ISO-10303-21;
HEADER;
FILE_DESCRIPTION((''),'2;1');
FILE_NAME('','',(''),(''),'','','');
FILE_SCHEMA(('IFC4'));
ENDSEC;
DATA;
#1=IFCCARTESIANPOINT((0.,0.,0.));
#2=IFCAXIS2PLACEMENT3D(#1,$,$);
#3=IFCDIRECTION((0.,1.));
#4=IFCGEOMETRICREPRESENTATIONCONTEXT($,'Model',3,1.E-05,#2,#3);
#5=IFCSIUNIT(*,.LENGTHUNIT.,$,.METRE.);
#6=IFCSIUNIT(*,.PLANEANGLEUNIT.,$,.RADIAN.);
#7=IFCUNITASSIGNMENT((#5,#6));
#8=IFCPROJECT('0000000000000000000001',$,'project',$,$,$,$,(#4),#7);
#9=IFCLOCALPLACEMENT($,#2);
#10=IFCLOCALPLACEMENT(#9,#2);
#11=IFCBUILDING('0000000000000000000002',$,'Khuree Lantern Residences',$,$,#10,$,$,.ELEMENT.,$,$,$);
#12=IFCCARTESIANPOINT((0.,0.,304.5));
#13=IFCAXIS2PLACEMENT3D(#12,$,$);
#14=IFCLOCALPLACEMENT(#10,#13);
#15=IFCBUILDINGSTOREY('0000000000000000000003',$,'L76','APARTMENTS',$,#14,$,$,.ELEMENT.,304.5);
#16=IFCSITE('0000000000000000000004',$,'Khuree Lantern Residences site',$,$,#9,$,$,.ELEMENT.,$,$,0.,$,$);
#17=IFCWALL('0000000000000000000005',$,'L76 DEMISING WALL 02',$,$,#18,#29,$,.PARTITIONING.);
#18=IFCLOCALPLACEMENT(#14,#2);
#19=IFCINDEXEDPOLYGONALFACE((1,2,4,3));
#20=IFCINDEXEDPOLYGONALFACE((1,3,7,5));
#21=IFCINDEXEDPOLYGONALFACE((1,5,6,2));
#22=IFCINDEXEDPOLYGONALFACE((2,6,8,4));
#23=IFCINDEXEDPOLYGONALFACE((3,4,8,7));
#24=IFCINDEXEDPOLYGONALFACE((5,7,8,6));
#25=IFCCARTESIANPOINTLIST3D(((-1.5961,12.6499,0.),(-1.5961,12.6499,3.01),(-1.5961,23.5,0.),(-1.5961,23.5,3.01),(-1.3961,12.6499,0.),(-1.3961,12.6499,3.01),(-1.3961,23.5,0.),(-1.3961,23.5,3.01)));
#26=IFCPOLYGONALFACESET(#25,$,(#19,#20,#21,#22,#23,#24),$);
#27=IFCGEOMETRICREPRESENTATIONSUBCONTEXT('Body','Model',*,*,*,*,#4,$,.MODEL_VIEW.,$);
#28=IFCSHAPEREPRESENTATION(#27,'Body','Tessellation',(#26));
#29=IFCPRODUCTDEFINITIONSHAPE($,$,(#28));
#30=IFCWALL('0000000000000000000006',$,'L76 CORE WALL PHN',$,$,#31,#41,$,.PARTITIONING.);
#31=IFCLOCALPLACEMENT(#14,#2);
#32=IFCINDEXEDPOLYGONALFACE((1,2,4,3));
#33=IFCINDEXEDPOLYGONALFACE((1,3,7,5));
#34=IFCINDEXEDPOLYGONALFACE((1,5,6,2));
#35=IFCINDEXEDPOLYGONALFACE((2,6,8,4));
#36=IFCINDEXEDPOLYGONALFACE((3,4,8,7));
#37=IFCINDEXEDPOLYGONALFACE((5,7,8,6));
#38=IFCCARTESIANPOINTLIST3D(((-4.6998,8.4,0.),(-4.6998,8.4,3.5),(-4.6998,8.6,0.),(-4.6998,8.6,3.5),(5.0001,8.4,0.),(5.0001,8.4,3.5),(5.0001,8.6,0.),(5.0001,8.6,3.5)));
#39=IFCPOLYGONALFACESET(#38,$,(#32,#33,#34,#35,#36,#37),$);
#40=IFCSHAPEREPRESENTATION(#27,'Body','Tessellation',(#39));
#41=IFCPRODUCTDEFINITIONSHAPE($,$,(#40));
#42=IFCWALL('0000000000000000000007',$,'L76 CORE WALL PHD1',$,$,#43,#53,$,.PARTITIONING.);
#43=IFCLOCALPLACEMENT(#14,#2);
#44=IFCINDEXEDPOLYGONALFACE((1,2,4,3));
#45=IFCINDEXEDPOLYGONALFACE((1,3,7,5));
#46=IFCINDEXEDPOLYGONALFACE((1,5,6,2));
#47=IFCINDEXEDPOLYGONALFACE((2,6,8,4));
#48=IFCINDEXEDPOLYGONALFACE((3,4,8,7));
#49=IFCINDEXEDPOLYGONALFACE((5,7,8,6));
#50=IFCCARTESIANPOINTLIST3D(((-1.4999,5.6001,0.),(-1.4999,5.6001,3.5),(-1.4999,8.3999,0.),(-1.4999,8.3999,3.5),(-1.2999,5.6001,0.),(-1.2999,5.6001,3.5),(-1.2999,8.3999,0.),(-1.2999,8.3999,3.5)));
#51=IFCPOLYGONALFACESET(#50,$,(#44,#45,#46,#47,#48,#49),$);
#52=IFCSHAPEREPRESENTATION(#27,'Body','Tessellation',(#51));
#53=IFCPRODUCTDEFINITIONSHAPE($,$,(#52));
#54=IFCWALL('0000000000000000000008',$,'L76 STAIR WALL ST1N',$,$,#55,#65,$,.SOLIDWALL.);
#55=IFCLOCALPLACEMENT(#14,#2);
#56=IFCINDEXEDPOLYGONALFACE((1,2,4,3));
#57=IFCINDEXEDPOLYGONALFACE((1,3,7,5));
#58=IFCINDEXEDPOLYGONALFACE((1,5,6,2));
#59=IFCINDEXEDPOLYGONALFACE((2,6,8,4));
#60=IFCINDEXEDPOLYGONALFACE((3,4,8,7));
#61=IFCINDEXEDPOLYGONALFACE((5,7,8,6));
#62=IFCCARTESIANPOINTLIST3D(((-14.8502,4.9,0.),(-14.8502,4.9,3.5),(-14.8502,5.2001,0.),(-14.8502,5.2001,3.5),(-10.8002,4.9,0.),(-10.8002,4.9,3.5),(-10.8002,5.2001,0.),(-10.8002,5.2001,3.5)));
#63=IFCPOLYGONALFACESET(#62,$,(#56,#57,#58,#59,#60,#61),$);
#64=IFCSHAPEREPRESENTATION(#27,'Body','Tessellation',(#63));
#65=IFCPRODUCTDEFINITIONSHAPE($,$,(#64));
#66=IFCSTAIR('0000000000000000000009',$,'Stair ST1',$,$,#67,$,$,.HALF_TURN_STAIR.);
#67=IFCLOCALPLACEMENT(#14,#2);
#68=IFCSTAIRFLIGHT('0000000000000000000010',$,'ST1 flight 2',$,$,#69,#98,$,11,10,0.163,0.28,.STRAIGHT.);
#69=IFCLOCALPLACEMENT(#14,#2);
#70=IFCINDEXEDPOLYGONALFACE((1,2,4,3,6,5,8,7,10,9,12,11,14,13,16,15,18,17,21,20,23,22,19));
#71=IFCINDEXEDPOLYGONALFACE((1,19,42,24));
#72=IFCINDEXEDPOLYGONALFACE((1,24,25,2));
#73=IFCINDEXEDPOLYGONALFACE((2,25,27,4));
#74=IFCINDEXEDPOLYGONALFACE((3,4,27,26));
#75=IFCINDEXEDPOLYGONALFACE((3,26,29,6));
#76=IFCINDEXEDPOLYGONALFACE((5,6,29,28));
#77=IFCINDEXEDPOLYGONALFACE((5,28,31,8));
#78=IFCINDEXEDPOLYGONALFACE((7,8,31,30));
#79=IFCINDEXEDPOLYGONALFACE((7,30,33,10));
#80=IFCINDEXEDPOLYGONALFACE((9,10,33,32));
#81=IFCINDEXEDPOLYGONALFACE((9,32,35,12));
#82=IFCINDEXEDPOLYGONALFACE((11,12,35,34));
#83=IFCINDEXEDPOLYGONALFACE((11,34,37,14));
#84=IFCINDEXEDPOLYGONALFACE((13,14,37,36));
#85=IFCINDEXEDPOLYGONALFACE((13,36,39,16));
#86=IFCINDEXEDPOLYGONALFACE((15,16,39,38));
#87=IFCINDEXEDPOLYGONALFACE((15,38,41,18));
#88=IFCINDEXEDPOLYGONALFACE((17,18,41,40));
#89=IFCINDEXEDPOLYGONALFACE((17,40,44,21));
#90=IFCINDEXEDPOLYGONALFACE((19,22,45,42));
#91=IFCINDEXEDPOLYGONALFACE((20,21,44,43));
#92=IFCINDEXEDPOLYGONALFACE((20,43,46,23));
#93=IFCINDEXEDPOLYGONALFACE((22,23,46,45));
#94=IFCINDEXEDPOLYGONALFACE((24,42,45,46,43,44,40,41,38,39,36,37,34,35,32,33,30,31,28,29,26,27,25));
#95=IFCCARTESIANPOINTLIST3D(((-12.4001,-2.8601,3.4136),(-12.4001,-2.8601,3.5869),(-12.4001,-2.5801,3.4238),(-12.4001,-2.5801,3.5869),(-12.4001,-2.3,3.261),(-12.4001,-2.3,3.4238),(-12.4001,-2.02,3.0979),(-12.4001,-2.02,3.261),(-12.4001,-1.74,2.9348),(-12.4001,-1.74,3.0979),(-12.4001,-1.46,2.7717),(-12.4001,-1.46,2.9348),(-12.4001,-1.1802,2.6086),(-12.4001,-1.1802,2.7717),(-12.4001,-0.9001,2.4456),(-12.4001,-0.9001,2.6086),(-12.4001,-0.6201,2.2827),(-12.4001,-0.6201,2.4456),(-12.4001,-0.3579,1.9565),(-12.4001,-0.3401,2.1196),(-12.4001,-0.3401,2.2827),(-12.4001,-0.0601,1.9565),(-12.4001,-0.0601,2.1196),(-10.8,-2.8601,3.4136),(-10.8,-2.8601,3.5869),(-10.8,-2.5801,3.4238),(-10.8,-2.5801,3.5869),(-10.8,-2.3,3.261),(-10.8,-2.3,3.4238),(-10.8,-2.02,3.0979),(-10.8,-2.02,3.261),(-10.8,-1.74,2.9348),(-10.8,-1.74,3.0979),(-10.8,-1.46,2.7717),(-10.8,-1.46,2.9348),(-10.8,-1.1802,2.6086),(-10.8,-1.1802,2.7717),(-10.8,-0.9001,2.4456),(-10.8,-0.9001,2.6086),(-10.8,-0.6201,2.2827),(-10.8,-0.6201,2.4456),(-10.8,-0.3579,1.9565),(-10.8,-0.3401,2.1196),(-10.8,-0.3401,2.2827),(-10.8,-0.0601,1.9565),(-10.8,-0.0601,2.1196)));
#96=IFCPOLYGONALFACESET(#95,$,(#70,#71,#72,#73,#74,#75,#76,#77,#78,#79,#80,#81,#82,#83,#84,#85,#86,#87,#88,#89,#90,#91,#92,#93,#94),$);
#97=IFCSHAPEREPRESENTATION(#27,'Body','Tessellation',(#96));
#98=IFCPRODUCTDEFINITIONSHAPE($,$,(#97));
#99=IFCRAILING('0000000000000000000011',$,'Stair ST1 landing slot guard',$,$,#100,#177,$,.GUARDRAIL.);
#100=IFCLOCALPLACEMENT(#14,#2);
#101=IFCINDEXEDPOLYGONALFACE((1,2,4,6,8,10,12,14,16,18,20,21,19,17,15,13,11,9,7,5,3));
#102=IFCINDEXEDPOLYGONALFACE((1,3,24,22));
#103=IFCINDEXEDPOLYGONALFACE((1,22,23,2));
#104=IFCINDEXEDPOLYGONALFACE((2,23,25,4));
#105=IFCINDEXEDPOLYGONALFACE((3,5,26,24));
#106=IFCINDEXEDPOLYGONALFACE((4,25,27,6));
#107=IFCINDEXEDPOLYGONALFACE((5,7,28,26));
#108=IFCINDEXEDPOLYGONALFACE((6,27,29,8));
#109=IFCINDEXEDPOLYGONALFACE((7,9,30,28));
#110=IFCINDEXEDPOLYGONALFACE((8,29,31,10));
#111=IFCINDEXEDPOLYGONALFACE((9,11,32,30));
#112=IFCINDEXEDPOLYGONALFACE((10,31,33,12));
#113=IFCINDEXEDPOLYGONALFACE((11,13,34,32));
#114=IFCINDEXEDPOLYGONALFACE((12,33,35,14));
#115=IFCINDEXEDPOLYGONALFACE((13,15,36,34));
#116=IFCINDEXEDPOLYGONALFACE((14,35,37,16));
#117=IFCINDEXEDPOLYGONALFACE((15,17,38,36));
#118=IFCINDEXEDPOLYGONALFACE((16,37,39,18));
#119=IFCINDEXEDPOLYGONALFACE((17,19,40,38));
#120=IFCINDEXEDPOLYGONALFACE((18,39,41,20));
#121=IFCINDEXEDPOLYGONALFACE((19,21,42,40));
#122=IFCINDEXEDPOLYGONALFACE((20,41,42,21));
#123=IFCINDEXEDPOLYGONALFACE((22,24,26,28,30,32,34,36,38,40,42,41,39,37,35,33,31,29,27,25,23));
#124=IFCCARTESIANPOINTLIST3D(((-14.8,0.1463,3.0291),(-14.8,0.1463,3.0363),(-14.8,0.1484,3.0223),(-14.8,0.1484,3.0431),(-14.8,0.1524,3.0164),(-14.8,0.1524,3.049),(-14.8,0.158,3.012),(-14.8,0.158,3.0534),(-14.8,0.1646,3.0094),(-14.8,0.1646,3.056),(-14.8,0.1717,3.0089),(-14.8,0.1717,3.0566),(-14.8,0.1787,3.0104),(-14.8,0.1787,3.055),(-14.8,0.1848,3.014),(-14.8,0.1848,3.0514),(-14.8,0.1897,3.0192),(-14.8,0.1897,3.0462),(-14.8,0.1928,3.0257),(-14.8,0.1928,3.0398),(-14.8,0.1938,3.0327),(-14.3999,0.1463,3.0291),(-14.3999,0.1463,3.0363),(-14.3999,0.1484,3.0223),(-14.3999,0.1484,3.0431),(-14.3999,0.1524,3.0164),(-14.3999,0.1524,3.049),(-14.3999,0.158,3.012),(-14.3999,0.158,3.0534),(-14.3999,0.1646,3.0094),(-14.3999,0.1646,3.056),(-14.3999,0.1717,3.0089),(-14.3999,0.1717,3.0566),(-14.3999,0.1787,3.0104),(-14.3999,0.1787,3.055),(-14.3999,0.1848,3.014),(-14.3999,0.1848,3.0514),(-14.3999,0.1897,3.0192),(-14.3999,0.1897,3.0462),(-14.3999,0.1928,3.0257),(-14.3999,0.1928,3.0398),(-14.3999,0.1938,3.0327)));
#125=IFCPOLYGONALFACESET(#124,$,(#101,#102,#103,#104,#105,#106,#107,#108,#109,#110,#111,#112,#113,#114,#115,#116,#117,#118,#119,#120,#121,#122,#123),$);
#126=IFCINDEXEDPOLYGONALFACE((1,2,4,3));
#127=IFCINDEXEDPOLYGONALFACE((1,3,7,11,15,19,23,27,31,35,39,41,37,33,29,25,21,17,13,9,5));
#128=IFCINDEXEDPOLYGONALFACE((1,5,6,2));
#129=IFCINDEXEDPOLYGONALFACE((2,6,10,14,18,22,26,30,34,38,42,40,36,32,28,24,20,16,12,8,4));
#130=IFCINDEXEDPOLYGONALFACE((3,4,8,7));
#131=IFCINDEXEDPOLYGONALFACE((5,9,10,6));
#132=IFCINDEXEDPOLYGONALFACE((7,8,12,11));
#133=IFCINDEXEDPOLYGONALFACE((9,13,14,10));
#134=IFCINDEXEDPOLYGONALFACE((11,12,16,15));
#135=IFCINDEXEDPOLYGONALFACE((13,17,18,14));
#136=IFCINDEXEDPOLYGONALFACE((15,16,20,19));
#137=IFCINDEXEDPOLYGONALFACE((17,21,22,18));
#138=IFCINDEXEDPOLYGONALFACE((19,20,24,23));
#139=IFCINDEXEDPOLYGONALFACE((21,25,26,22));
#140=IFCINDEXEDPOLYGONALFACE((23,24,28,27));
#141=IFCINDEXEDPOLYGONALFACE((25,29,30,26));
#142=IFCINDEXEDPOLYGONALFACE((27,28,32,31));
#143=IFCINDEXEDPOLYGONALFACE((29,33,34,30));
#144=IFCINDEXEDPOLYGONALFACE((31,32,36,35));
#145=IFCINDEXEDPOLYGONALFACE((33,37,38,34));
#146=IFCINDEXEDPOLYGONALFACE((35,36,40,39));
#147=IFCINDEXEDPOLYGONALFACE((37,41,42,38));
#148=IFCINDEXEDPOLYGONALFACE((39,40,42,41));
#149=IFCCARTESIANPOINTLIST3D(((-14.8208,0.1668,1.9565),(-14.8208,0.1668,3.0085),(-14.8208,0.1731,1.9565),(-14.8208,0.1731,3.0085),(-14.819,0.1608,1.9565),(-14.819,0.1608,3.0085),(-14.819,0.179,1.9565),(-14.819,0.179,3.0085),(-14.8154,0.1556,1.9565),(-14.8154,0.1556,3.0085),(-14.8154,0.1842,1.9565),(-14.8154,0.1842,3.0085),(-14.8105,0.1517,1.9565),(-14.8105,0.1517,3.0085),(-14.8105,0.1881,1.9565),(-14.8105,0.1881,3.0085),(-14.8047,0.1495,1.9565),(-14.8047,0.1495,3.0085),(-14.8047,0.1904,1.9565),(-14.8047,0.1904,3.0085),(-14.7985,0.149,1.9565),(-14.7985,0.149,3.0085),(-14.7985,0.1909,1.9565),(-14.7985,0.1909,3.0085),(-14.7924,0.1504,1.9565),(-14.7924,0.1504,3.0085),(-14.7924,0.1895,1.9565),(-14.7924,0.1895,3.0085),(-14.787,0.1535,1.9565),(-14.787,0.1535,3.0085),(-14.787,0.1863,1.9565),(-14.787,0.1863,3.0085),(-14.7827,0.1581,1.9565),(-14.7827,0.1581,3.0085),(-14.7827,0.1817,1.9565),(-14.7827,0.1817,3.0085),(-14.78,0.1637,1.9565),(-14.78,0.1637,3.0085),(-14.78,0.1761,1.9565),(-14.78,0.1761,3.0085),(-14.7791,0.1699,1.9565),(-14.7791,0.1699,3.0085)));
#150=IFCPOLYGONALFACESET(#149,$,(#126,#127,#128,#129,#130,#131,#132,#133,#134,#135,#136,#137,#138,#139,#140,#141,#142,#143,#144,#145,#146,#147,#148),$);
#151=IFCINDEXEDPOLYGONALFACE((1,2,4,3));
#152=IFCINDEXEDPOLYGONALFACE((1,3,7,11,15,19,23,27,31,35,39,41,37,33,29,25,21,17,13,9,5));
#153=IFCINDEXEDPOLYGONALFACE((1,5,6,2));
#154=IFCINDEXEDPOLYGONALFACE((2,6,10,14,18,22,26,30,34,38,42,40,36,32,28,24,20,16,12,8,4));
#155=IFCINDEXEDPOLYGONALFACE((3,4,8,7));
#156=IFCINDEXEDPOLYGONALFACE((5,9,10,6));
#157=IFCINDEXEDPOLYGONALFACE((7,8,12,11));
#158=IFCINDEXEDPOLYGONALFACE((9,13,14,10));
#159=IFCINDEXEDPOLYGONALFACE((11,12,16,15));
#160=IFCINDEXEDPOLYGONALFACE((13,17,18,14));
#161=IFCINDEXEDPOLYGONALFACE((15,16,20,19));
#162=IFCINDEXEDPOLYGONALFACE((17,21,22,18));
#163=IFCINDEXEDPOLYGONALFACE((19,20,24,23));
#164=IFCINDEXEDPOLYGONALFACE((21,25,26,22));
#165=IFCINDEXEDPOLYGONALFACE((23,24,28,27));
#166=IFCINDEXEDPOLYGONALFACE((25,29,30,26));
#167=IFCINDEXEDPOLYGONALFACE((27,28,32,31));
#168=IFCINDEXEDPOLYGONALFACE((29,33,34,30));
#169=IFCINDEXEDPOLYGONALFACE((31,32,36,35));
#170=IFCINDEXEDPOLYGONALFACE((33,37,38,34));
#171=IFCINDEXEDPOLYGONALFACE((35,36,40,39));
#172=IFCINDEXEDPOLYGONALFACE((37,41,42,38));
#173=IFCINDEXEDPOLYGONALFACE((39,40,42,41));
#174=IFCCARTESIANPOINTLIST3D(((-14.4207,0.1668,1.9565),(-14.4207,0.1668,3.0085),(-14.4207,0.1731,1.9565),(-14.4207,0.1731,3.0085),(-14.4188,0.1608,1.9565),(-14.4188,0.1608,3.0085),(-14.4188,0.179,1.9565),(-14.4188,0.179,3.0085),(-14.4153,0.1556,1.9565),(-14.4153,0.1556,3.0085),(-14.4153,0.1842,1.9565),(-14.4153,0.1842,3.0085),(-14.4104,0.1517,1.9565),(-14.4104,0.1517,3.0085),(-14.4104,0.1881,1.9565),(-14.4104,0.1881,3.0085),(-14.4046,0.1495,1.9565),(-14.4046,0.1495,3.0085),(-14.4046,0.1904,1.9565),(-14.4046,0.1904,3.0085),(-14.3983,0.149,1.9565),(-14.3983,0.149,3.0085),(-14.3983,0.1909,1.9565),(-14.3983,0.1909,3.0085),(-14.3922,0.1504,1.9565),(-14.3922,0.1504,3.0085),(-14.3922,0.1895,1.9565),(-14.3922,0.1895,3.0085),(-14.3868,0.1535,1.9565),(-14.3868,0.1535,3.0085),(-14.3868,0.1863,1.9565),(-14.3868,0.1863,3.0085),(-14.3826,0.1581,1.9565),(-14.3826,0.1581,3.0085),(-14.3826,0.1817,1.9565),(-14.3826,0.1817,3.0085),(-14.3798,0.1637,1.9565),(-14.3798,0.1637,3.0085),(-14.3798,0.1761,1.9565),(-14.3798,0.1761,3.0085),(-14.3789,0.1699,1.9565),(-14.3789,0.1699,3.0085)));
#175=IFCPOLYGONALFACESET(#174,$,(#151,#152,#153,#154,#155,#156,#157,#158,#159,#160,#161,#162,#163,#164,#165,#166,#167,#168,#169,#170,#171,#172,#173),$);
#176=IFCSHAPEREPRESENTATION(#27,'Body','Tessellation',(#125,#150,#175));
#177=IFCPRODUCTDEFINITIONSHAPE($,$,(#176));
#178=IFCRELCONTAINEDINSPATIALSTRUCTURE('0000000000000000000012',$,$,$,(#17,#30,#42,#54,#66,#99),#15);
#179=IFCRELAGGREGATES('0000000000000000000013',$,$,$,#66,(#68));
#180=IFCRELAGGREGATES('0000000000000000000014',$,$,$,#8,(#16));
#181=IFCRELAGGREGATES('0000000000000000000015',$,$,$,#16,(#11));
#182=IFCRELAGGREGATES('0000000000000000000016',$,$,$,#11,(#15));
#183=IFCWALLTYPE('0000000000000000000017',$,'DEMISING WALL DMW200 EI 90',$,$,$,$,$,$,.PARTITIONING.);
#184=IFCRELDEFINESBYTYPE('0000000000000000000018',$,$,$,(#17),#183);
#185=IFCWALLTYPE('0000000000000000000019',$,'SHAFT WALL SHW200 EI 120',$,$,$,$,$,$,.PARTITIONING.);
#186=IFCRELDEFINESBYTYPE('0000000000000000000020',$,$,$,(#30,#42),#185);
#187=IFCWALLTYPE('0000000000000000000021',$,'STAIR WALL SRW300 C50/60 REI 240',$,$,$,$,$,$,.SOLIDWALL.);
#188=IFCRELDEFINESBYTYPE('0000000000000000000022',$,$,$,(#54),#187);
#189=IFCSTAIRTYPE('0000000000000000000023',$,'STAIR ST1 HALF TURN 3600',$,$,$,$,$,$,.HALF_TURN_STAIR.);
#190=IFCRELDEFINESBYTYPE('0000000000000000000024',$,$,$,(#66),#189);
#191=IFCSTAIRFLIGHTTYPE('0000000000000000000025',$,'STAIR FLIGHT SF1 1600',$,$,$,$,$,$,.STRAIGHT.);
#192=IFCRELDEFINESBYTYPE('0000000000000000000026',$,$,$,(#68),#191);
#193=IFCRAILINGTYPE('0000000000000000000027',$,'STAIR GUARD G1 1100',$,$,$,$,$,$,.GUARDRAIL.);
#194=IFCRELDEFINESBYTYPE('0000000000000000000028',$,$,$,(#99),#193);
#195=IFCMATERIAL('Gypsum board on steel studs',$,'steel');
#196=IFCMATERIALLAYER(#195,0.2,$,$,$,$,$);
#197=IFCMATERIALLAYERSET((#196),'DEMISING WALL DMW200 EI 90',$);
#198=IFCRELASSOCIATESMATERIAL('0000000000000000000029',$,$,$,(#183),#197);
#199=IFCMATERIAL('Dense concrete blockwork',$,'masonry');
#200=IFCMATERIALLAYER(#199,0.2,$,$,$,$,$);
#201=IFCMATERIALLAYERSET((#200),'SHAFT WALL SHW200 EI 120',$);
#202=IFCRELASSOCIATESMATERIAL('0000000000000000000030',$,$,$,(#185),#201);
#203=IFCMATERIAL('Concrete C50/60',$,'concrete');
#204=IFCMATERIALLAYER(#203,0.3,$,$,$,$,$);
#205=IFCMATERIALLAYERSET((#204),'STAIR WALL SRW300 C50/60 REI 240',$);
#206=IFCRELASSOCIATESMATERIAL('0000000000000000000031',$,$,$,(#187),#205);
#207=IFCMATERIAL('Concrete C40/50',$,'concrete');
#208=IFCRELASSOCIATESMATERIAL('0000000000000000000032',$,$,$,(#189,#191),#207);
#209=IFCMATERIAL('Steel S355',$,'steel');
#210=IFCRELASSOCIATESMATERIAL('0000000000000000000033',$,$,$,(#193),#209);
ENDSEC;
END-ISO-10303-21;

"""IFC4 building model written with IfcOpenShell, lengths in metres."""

from ifc_helpers import new_model, si_unit, direction, frame, frame_2d, origin, origin_2d, place, context, subcontext, project, spatial, polyline, rectangle, circle, outline, extrude, material, layer, layer_set, type_object, element, aggregate, save


model = new_model("IFC4")

# Units and contexts
model_context = context("Model", 3, precision=1e-05, world=origin(), true_north=direction((0.0, 1.0)))
body_context = subcontext(model_context, "Body", "Model", "MODEL_VIEW")
ifc_project = project(units=[si_unit("LENGTHUNIT", "METRE"), si_unit("PLANEANGLEUNIT", "RADIAN")], contexts=[model_context])

# Site, building, storey
site_placement = place(None, origin())
site = spatial("IfcSite", under=ifc_project, at=site_placement, Name="Khuree Lantern Residences site", CompositionType="ELEMENT", RefElevation=0.0)
building_placement = place(site_placement, origin())
building = spatial("IfcBuilding", under=site, at=building_placement, Name="Khuree Lantern Residences", CompositionType="ELEMENT")
storey_placement = place(building_placement, frame((0.0, 0.0, 304.5)))
storey = spatial("IfcBuildingStorey", under=building, at=storey_placement, Name="L76", Description="APARTMENTS", CompositionType="ELEMENT", Elevation=304.5)

# Shared definitions
ifc_material_1 = material(Name="Dense concrete blockwork", Category="masonry")

# Walls
ifc_material_2 = material(Name="Gypsum board on steel studs", Category="steel")
ifc_layer_1 = layer(ifc_material_2, 0.2)
ifc_layer_set_1 = layer_set([ifc_layer_1], Name="DEMISING WALL DMW200 EI 90")
wall_type_1 = type_object("IfcWallType", Name="DEMISING WALL DMW200 EI 90", PredefinedType="PARTITIONING", material=ifc_layer_set_1)
wall_1_placement = place(storey_placement, frame((-1.4961, 12.6499, 0.0), z_axis=(0.0, 0.0, 1.0), x_axis=(0.0, 1.0, 0.0)))
element("IfcWall", 1, at=wall_1_placement, inside=storey, type_object=wall_type_1, Name="L76 DEMISING WALL 02", PredefinedType="PARTITIONING", context=body_context, shape_type="SweptSolid", body=[
    extrude(rectangle(XDim=10.8501, YDim=0.2, at=frame_2d((5.425, 0.0))), origin(), (0.0, 0.0, 1.0), 3.01),
])
ifc_layer_2 = layer(ifc_material_1, 0.2)
ifc_layer_set_2 = layer_set([ifc_layer_2], Name="SHAFT WALL SHW200 EI 120")
wall_type_2 = type_object("IfcWallType", Name="SHAFT WALL SHW200 EI 120", PredefinedType="PARTITIONING", material=ifc_layer_set_2)
wall_2_placement = place(storey_placement, frame((-4.7, 8.5, 0.0), z_axis=(0.0, 0.0, 1.0), x_axis=(1.0, 0.0, 0.0)))
element("IfcWall", 2, at=wall_2_placement, inside=storey, type_object=wall_type_2, Name="L76 CORE WALL PHN", PredefinedType="PARTITIONING", context=body_context, shape_type="SweptSolid", body=[
    extrude(rectangle(XDim=9.7, YDim=0.2, at=frame_2d((4.8501, 0.0))), origin(), (0.0, 0.0, 1.0), 3.5),
])
wall_3_placement = place(storey_placement, frame((-1.3999, 5.6001, 0.0), z_axis=(0.0, 0.0, 1.0), x_axis=(0.0, 1.0, 0.0)))
element("IfcWall", 3, at=wall_3_placement, inside=storey, type_object=wall_type_2, Name="L76 CORE WALL PHD1", PredefinedType="PARTITIONING", context=body_context, shape_type="SweptSolid", body=[
    extrude(rectangle(XDim=2.7998, YDim=0.2, at=frame_2d((1.3999, 0.0))), origin(), (0.0, 0.0, 1.0), 3.5),
])
ifc_material_3 = material(Name="Concrete C50/60", Category="concrete")
ifc_layer_3 = layer(ifc_material_3, 0.3)
ifc_layer_set_3 = layer_set([ifc_layer_3], Name="STAIR WALL SRW300 C50/60 REI 240")
wall_type_3 = type_object("IfcWallType", Name="STAIR WALL SRW300 C50/60 REI 240", PredefinedType="SOLIDWALL", material=ifc_layer_set_3)
wall_4_placement = place(storey_placement, frame((-14.8501, 5.05, 0.0), z_axis=(0.0, 0.0, 1.0), x_axis=(1.0, 0.0, 0.0)))
element("IfcWall", 4, at=wall_4_placement, inside=storey, type_object=wall_type_3, Name="L76 STAIR WALL ST1N", PredefinedType="SOLIDWALL", context=body_context, shape_type="SweptSolid", body=[
    extrude(rectangle(XDim=4.05, YDim=0.3, at=frame_2d((2.0249, 0.0))), origin(), (0.0, 0.0, 1.0), 3.5),
])

# Stair, stair flight
ifc_material_4 = material(Name="Concrete C40/50", Category="concrete")
stair_type = type_object("IfcStairType", Name="STAIR ST1 HALF TURN 3600", PredefinedType="HALF_TURN_STAIR", material=ifc_material_4)
stair_placement = place(storey_placement, origin())
stair = element("IfcStair", 5, at=stair_placement, inside=storey, type_object=stair_type, Name="Stair ST1", PredefinedType="HALF_TURN_STAIR")
stair_flight_type = type_object("IfcStairFlightType", Name="STAIR FLIGHT SF1 1600", PredefinedType="STRAIGHT", material=ifc_material_4)
stair_flight_placement = place(storey_placement, frame((-11.6001, -0.0601, 1.9565), z_axis=(0.0, 0.0, 1.0), x_axis=(0.0, -1.0, 0.0)))
stair_flight = element("IfcStairFlight", 6, at=stair_flight_placement, type_object=stair_flight_type, Name="ST1 flight 2", NumberOfRisers=11, NumberOfTreads=10, PredefinedType="STRAIGHT", RiserHeight=0.163, TreadLength=0.28, context=body_context, shape_type="SweptSolid", body=[
    extrude(outline(polyline([(0.0, 0.0), (0.0, 0.1631), (0.28, 0.1631), (0.28, 0.3262), (0.5601, 0.3262), (0.5601, 0.489), (0.8401, 0.489), (0.8401, 0.6521), (1.1201, 0.6521), (1.1201, 0.8152), (1.3999, 0.8152), (1.3999, 0.9783), (1.6799, 0.9783), (1.6799, 1.1414), (1.96, 1.1414), (1.96, 1.3044), (2.24, 1.3044), (2.24, 1.4673), (2.52, 1.4673), (2.52, 1.6304), (2.8, 1.6304), (2.8, 1.7935), (2.8, 1.457), (0.2979, 0.0), (0.0, 0.0)])), frame((0.0, 0.8, 0.0), z_axis=(0.0, -1.0, 0.0), x_axis=(1.0, 0.0, 0.0)), (0.0, 0.0, 1.0), 1.6001),
])
aggregate(stair, [stair_flight])

# Railing
ifc_material_5 = material(Name="Steel S355", Category="steel")
railing_type = type_object("IfcRailingType", Name="STAIR GUARD G1 1100", PredefinedType="GUARDRAIL", material=ifc_material_5)
railing_placement = place(storey_placement, frame((-14.8, 0.1699, 1.9565)))
element("IfcRailing", 7, at=railing_placement, inside=storey, type_object=railing_type, Name="Stair ST1 landing slot guard", PredefinedType="GUARDRAIL", context=body_context, shape_type="SweptSolid", body=[
    extrude(circle(Radius=0.0239, at=origin_2d()), frame((0.0, 0.0, 1.0762), z_axis=(1.0, 0.0, 0.0), x_axis=(0.0, 1.0, 0.0)), (0.0, 0.0, 1.0), 0.4001),
    extrude(circle(Radius=0.021, at=origin_2d()), origin(), (0.0, 0.0, 1.0), 1.052),
    extrude(circle(Radius=0.021, at=origin_2d()), frame((0.4001, 0.0, 0.0)), (0.0, 0.0, 1.0), 1.052),
])

save(model, "model.ifc")
